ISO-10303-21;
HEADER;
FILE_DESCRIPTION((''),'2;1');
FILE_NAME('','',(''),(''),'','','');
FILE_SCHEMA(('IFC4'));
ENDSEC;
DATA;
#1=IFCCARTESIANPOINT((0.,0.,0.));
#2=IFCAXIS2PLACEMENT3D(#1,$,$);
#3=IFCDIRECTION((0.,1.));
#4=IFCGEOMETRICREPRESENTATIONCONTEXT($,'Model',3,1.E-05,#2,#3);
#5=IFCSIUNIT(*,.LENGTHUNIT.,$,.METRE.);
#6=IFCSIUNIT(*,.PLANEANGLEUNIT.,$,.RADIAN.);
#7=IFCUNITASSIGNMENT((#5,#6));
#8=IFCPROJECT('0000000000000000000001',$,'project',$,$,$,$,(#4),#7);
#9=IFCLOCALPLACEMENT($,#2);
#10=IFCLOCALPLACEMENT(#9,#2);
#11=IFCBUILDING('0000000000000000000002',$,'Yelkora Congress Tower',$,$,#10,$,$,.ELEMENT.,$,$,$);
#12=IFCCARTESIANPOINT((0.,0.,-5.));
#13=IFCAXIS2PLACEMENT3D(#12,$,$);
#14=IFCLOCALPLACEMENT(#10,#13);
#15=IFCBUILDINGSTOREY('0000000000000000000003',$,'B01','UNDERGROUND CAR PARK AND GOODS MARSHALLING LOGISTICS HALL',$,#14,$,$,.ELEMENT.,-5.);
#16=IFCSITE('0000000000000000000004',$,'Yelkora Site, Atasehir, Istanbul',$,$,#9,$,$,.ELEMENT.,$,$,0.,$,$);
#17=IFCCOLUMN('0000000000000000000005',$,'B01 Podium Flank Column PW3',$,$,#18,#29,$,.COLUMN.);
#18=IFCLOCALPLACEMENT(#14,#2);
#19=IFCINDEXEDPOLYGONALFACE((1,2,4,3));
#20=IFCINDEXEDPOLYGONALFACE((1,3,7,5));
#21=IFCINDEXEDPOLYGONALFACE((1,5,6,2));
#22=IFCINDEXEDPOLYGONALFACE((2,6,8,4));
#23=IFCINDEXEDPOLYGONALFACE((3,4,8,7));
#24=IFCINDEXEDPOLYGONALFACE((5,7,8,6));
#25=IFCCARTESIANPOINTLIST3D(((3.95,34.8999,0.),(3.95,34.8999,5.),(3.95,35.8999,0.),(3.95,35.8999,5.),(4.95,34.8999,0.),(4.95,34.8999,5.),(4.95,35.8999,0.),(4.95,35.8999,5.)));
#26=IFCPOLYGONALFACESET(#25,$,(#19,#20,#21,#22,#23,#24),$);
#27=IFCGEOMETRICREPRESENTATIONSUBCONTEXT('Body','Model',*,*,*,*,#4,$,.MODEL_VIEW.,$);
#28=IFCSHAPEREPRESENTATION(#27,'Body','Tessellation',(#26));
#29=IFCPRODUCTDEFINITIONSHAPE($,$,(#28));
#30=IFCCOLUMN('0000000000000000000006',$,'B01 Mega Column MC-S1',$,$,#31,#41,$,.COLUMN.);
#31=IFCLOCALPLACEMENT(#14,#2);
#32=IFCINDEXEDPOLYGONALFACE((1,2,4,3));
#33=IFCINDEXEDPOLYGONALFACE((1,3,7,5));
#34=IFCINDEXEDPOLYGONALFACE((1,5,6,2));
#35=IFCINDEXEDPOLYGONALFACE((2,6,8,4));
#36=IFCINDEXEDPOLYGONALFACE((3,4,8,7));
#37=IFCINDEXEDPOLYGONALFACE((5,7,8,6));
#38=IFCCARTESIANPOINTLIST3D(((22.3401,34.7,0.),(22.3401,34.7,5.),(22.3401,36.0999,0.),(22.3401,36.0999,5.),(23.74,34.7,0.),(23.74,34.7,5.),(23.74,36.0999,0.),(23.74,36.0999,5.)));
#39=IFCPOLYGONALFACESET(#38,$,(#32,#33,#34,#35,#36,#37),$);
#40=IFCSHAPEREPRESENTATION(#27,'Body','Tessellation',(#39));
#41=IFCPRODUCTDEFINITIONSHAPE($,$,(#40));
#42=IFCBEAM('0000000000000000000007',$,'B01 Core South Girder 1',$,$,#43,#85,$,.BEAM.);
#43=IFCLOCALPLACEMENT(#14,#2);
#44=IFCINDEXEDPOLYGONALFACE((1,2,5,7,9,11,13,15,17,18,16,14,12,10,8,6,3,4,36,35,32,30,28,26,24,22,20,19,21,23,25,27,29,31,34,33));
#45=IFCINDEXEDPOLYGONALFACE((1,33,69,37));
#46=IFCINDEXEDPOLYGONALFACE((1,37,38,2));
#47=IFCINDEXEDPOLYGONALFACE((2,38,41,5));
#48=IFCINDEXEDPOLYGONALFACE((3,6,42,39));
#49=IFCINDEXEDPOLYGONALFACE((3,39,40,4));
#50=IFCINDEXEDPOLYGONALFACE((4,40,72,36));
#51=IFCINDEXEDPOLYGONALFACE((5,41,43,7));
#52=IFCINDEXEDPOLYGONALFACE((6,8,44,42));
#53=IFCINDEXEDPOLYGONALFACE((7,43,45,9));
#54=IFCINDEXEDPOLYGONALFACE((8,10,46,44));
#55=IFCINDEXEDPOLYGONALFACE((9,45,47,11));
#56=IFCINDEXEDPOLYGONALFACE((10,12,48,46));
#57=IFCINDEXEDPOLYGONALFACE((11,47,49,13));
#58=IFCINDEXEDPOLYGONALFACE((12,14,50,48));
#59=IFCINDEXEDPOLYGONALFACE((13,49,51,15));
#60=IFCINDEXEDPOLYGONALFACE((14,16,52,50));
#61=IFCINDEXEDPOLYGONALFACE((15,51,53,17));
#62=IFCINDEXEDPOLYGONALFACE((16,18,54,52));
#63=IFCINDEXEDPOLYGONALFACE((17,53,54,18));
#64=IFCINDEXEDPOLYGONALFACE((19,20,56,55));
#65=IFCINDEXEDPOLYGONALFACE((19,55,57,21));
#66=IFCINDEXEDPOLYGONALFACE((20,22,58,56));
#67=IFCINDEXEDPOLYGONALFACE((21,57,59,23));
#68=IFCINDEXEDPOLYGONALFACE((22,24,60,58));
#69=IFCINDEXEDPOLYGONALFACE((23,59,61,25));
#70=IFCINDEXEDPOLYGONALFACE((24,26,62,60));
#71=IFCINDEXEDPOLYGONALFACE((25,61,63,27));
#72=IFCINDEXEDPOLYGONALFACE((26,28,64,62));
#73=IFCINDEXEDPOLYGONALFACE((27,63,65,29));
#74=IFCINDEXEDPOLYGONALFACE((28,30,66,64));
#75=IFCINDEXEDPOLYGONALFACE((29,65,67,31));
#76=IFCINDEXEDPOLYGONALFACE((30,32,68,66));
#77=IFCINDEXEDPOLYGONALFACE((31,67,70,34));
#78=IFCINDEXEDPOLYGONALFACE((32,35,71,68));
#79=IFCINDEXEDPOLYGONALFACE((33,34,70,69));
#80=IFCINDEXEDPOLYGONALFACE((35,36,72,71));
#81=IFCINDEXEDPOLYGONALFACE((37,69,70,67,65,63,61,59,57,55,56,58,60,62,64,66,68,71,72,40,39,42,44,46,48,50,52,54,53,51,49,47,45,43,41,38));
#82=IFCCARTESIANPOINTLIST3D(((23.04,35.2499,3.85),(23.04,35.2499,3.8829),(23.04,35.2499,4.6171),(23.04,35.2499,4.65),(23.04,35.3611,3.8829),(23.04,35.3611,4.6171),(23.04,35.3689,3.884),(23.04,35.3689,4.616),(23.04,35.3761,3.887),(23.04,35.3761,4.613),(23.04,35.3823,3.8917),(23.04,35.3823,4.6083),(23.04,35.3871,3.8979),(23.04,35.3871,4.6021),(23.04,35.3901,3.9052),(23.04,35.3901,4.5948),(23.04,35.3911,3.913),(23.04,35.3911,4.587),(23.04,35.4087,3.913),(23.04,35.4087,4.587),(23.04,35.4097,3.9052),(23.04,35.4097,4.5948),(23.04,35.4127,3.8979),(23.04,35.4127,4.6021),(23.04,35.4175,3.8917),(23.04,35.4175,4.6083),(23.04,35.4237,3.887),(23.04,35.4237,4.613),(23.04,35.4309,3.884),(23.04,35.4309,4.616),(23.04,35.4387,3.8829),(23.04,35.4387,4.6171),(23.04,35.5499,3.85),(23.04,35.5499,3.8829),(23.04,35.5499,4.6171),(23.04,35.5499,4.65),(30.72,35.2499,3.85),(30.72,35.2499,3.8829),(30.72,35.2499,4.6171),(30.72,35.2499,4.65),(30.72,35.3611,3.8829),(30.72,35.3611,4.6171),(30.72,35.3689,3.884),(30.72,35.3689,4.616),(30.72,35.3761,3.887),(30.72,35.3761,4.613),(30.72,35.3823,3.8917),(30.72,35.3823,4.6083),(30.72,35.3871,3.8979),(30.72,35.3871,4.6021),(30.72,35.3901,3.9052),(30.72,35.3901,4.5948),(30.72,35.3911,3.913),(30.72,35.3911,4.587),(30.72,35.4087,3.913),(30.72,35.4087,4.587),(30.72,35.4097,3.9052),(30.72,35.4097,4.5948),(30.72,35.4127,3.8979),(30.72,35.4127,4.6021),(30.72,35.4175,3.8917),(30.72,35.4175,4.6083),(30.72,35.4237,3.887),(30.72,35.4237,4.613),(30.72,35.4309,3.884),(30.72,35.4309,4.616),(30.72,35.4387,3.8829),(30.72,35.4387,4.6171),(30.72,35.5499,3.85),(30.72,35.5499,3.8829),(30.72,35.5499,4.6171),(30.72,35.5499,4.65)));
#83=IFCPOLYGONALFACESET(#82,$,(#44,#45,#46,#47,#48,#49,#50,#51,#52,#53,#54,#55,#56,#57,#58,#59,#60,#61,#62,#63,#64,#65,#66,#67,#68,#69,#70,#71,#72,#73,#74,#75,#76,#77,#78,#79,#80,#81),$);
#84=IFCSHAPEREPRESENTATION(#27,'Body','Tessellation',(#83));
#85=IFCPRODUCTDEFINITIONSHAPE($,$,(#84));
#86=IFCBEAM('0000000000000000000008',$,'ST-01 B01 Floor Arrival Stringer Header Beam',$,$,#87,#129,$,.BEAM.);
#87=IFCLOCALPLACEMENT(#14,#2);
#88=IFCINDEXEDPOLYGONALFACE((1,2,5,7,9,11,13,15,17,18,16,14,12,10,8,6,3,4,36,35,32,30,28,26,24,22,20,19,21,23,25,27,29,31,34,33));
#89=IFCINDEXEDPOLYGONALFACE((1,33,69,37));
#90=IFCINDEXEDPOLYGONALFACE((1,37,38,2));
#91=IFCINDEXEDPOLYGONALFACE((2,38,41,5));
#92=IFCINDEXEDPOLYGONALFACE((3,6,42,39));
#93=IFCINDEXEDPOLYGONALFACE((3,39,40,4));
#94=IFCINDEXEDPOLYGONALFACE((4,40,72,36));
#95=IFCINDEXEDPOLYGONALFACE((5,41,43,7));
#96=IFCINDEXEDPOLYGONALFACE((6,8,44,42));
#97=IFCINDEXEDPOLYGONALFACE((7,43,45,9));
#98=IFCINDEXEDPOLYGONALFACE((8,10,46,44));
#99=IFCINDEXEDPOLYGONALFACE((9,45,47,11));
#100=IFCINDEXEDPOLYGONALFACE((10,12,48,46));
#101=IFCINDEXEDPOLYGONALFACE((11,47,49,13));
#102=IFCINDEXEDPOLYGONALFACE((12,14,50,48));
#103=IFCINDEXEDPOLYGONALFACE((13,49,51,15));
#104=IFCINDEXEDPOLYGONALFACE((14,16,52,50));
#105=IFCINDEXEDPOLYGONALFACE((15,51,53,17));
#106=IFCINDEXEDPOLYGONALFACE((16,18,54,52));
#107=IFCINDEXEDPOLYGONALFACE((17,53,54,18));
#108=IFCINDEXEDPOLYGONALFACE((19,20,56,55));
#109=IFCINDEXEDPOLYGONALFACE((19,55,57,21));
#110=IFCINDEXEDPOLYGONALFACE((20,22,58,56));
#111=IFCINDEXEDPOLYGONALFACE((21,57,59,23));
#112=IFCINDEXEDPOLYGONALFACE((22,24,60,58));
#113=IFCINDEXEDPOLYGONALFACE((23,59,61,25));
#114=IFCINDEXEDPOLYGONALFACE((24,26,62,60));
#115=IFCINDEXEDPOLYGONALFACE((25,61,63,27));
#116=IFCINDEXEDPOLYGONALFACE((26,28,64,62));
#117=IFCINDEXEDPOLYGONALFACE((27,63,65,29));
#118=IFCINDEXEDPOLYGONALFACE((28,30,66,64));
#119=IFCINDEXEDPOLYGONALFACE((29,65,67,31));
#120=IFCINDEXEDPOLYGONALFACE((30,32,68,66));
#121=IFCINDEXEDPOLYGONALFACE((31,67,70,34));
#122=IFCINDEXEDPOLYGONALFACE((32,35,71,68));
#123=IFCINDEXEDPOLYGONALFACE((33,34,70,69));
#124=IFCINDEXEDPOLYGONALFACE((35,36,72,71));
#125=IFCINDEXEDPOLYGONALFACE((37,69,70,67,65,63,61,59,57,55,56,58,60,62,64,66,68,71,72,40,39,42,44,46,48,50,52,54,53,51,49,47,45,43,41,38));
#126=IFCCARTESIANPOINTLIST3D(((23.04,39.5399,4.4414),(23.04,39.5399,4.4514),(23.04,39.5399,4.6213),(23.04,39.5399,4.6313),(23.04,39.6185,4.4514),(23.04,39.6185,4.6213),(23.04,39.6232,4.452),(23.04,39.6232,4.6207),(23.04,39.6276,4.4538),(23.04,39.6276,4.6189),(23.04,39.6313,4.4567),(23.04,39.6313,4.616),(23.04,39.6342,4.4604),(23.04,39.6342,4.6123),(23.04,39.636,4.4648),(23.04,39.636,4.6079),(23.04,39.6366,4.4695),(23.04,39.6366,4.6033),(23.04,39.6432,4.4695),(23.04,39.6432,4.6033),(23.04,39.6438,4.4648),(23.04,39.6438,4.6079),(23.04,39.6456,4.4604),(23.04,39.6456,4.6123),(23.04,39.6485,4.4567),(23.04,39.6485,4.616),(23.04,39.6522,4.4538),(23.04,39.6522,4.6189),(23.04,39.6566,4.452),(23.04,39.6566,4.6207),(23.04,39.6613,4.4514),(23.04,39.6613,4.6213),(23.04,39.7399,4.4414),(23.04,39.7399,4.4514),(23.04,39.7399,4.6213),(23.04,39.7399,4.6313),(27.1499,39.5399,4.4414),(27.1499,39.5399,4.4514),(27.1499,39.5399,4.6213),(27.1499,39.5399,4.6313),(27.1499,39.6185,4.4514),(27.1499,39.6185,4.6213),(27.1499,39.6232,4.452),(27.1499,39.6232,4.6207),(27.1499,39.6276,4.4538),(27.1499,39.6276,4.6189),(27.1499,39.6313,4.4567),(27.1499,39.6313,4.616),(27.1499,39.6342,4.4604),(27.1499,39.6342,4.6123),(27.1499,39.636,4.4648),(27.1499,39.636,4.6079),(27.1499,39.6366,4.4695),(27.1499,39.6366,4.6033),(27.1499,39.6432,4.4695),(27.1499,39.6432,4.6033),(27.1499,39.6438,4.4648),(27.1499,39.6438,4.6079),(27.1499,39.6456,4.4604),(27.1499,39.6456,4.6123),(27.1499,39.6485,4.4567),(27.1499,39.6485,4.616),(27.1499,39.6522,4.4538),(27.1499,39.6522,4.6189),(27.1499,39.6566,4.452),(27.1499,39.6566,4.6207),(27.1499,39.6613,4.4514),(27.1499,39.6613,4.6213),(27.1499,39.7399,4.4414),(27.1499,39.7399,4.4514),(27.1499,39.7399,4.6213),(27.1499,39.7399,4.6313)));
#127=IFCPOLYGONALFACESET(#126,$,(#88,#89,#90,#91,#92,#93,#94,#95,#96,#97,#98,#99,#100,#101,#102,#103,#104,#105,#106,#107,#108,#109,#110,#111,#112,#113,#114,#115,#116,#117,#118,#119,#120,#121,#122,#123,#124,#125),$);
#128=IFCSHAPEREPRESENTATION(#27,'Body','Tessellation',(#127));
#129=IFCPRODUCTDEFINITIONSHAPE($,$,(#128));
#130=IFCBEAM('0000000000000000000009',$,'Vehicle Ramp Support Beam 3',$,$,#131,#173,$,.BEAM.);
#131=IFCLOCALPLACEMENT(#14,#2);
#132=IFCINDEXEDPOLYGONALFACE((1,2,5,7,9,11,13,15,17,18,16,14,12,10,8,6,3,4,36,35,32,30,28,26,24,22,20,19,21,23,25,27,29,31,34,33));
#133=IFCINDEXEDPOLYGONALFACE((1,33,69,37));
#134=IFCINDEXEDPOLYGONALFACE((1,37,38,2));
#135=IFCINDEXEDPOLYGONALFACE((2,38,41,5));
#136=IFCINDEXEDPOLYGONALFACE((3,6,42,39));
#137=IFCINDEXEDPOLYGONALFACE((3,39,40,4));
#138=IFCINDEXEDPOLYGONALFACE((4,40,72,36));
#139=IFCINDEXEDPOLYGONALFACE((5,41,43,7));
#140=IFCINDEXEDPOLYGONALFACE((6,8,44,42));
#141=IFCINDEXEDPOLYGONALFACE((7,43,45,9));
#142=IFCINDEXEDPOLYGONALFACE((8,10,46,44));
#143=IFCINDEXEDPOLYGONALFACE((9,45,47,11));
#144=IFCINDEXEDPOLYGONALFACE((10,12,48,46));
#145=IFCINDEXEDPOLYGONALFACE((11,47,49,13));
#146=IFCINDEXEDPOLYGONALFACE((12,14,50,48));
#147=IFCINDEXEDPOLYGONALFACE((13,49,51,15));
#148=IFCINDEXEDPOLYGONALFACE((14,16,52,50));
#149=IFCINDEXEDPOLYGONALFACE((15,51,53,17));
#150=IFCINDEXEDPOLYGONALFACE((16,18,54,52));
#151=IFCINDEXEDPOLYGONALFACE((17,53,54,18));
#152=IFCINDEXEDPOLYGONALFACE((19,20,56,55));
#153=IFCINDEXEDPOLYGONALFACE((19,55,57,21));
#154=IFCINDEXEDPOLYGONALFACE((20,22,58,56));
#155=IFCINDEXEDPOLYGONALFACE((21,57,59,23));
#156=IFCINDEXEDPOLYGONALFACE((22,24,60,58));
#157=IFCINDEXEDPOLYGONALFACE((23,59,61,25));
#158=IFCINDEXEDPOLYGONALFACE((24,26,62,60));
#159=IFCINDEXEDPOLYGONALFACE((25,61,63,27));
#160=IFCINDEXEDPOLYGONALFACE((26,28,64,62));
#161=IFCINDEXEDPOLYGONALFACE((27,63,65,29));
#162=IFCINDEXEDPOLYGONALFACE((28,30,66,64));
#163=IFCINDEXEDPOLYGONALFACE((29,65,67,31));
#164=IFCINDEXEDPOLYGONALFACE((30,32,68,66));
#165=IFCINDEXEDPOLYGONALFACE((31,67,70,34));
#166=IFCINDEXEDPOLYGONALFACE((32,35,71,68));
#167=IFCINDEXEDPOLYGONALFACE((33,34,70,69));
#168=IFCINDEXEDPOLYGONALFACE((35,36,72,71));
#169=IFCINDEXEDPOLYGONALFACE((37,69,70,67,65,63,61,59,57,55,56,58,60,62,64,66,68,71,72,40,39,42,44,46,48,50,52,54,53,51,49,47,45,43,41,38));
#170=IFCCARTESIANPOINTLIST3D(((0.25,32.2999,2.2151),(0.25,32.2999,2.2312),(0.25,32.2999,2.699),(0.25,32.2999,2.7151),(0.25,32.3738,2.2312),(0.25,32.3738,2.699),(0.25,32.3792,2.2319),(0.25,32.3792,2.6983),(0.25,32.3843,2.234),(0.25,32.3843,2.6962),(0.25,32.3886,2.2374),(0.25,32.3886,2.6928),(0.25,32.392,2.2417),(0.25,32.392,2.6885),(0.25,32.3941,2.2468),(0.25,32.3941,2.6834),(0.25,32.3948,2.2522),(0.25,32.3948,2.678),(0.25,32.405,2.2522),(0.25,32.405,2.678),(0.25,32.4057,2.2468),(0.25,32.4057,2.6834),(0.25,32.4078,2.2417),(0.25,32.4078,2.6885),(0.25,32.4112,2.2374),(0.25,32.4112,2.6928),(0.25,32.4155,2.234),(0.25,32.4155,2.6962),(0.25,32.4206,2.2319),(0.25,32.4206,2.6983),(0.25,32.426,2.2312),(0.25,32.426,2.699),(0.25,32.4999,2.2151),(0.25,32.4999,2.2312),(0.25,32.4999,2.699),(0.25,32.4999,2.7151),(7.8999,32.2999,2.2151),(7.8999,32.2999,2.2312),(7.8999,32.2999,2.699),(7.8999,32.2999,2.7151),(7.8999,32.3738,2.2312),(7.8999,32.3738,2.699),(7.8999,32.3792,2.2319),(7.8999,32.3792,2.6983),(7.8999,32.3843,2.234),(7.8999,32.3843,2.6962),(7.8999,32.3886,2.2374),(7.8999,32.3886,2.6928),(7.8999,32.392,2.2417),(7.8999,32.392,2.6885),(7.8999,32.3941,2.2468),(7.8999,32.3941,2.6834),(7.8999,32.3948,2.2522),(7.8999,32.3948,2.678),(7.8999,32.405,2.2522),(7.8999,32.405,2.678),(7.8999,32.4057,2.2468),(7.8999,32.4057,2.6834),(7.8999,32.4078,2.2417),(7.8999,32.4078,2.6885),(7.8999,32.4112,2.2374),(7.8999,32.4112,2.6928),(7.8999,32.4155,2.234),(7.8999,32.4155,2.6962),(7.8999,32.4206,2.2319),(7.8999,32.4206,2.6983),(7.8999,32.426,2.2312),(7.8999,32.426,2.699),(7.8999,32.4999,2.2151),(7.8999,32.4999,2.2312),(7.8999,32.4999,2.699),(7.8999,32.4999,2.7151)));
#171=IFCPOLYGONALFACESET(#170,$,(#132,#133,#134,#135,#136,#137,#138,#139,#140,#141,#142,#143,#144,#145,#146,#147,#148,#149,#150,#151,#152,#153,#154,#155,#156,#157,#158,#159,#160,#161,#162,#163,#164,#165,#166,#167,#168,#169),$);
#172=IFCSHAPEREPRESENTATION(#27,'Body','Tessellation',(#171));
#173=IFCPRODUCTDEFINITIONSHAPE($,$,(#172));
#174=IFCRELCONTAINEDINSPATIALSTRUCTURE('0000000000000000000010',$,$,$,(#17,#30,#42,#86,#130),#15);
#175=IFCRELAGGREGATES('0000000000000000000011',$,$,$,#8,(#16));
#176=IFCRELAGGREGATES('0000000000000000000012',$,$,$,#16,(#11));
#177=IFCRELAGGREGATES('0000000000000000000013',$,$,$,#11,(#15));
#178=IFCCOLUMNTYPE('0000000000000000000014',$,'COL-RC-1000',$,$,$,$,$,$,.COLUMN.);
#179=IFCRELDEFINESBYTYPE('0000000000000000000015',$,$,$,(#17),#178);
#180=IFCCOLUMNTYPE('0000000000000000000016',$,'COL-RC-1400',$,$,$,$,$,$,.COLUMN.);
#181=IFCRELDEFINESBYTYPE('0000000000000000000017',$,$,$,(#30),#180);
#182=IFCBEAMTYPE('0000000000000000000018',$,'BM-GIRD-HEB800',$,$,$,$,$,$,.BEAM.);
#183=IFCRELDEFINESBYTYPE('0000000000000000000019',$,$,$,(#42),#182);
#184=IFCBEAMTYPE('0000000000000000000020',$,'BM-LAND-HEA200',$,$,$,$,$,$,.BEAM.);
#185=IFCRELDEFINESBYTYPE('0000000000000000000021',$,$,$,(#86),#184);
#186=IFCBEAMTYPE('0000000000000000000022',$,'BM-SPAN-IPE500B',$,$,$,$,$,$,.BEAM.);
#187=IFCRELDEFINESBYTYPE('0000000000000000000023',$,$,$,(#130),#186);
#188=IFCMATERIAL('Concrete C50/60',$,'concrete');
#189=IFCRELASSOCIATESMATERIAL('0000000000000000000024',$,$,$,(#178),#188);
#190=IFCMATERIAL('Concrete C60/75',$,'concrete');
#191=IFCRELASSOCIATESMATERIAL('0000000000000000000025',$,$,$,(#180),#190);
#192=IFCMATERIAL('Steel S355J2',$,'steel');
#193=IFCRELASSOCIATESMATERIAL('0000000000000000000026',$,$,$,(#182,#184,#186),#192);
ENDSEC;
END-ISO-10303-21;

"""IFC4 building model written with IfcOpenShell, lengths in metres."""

from ifc_helpers import new_model, si_unit, direction, frame, origin, origin_2d, place, context, subcontext, project, spatial, rectangle, i_section, extrude, material, material_profile, profile_set, type_object, element, save


model = new_model("IFC4")

# Units and contexts
model_context = context("Model", 3, precision=1e-05, world=origin(), true_north=direction((0.0, 1.0)))
body_context = subcontext(model_context, "Body", "Model", "MODEL_VIEW")
ifc_project = project(units=[si_unit("LENGTHUNIT", "METRE"), si_unit("PLANEANGLEUNIT", "RADIAN")], contexts=[model_context])

# Site, building, storey
site_placement = place(None, origin())
site = spatial("IfcSite", under=ifc_project, at=site_placement, Name="Yelkora Site, Atasehir, Istanbul", CompositionType="ELEMENT", RefElevation=0.0)
building_placement = place(site_placement, origin())
building = spatial("IfcBuilding", under=site, at=building_placement, Name="Yelkora Congress Tower", CompositionType="ELEMENT")
storey_placement = place(building_placement, frame((0.0, 0.0, -5.0)))
storey = spatial("IfcBuildingStorey", under=building, at=storey_placement, Name="B01", Description="UNDERGROUND CAR PARK AND GOODS MARSHALLING LOGISTICS HALL", CompositionType="ELEMENT", Elevation=-5.0)

# Columns
ifc_material_1 = material(Name="Concrete C50/60", Category="concrete")
ifc_material_profile_1 = material_profile(ifc_material_1, rectangle(XDim=1.0, YDim=1.0, at=origin_2d()), Name="RC 1000x1000")
ifc_profile_set_1 = profile_set([ifc_material_profile_1], Name="Concrete C50/60")
column_type_1 = type_object("IfcColumnType", Name="COL-RC-1000", PredefinedType="COLUMN", material=ifc_profile_set_1)
column_1_placement = place(storey_placement, frame((4.45, 35.3999, 0.0), z_axis=(0.0, 0.0, 1.0), x_axis=(1.0, 0.0, 0.0)))
element("IfcColumn", 1, at=column_1_placement, inside=storey, type_object=column_type_1, Name="B01 Podium Flank Column PW3", PredefinedType="COLUMN", context=body_context, shape_type="SweptSolid", body=[
    extrude(rectangle(XDim=1.0, YDim=1.0, at=origin_2d()), origin(), (0.0, 0.0, 1.0), 5.0),
])
ifc_material_2 = material(Name="Concrete C60/75", Category="concrete")
ifc_material_profile_2 = material_profile(ifc_material_2, rectangle(XDim=1.3999, YDim=1.3999, at=origin_2d()), Name="RC 1400x1400")
ifc_profile_set_2 = profile_set([ifc_material_profile_2], Name="Concrete C60/75")
column_type_2 = type_object("IfcColumnType", Name="COL-RC-1400", PredefinedType="COLUMN", material=ifc_profile_set_2)
column_2_placement = place(storey_placement, frame((23.04, 35.3999, 0.0), z_axis=(0.0, 0.0, 1.0), x_axis=(1.0, 0.0, 0.0)))
element("IfcColumn", 2, at=column_2_placement, inside=storey, type_object=column_type_2, Name="B01 Mega Column MC-S1", PredefinedType="COLUMN", context=body_context, shape_type="SweptSolid", body=[
    extrude(rectangle(XDim=1.3999, YDim=1.3999, at=origin_2d()), origin(), (0.0, 0.0, 1.0), 5.0),
])

# Beams
ifc_material_3 = material(Name="Steel S355J2", Category="steel")
ifc_material_profile_3 = material_profile(ifc_material_3, i_section(OverallWidth=0.3, OverallDepth=0.8, WebThickness=0.0176, FlangeThickness=0.033, FilletRadius=0.03, at=origin_2d()), Name="HEB 800")
ifc_profile_set_3 = profile_set([ifc_material_profile_3], Name="Steel S355J2")
beam_type_1 = type_object("IfcBeamType", Name="BM-GIRD-HEB800", PredefinedType="BEAM", material=ifc_profile_set_3)
beam_1_placement = place(storey_placement, frame((23.04, 35.3999, 4.25), z_axis=(1.0, 0.0, 0.0), x_axis=(0.0, 1.0, 0.0)))
element("IfcBeam", 3, at=beam_1_placement, inside=storey, type_object=beam_type_1, Name="B01 Core South Girder 1", PredefinedType="BEAM", context=body_context, shape_type="SweptSolid", body=[
    extrude(i_section(OverallWidth=0.3, OverallDepth=0.8, WebThickness=0.0176, FlangeThickness=0.033, FilletRadius=0.03, at=origin_2d()), origin(), (0.0, 0.0, 1.0), 7.6799),
])
ifc_material_profile_4 = material_profile(ifc_material_3, i_section(OverallWidth=0.2, OverallDepth=0.1899, WebThickness=0.0066, FlangeThickness=0.01, FilletRadius=0.0181, at=origin_2d()), Name="HEA 200")
ifc_profile_set_4 = profile_set([ifc_material_profile_4], Name="Steel S355J2")
beam_type_2 = type_object("IfcBeamType", Name="BM-LAND-HEA200", PredefinedType="BEAM", material=ifc_profile_set_4)
beam_2_placement = place(storey_placement, frame((23.04, 39.6399, 4.5364), z_axis=(1.0, 0.0, 0.0), x_axis=(0.0, 1.0, 0.0)))
element("IfcBeam", 4, at=beam_2_placement, inside=storey, type_object=beam_type_2, Name="ST-01 B01 Floor Arrival Stringer Header Beam", PredefinedType="BEAM", context=body_context, shape_type="SweptSolid", body=[
    extrude(i_section(OverallWidth=0.2, OverallDepth=0.1899, WebThickness=0.0066, FlangeThickness=0.01, FilletRadius=0.0181, at=origin_2d()), origin(), (0.0, 0.0, 1.0), 4.1099),
])
ifc_material_profile_5 = material_profile(ifc_material_3, i_section(OverallWidth=0.2, OverallDepth=0.5, WebThickness=0.0103, FlangeThickness=0.0161, FilletRadius=0.021, at=origin_2d()), Name="IPE 500")
ifc_profile_set_5 = profile_set([ifc_material_profile_5], Name="Steel S355J2")
beam_type_3 = type_object("IfcBeamType", Name="BM-SPAN-IPE500B", PredefinedType="BEAM", material=ifc_profile_set_5)
for number, where, z_axis, x_axis, name in (
    (5, (0.25, 32.3999, 2.4651), (1.0, 0.0, 0.0), (0.0, 1.0, 0.0), "Vehicle Ramp Support Beam 3"),
):
    element("IfcBeam", number, at=place(storey_placement, frame(where, z_axis=z_axis, x_axis=x_axis)), inside=storey, type_object=beam_type_3, Name=name, PredefinedType="BEAM", context=body_context, shape_type="SweptSolid", body=[
        extrude(i_section(OverallWidth=0.2, OverallDepth=0.5, WebThickness=0.0103, FlangeThickness=0.0161, FilletRadius=0.021, at=origin_2d()), origin(), (0.0, 0.0, 1.0), 7.6499),
    ])

save(model, "model.ifc")
